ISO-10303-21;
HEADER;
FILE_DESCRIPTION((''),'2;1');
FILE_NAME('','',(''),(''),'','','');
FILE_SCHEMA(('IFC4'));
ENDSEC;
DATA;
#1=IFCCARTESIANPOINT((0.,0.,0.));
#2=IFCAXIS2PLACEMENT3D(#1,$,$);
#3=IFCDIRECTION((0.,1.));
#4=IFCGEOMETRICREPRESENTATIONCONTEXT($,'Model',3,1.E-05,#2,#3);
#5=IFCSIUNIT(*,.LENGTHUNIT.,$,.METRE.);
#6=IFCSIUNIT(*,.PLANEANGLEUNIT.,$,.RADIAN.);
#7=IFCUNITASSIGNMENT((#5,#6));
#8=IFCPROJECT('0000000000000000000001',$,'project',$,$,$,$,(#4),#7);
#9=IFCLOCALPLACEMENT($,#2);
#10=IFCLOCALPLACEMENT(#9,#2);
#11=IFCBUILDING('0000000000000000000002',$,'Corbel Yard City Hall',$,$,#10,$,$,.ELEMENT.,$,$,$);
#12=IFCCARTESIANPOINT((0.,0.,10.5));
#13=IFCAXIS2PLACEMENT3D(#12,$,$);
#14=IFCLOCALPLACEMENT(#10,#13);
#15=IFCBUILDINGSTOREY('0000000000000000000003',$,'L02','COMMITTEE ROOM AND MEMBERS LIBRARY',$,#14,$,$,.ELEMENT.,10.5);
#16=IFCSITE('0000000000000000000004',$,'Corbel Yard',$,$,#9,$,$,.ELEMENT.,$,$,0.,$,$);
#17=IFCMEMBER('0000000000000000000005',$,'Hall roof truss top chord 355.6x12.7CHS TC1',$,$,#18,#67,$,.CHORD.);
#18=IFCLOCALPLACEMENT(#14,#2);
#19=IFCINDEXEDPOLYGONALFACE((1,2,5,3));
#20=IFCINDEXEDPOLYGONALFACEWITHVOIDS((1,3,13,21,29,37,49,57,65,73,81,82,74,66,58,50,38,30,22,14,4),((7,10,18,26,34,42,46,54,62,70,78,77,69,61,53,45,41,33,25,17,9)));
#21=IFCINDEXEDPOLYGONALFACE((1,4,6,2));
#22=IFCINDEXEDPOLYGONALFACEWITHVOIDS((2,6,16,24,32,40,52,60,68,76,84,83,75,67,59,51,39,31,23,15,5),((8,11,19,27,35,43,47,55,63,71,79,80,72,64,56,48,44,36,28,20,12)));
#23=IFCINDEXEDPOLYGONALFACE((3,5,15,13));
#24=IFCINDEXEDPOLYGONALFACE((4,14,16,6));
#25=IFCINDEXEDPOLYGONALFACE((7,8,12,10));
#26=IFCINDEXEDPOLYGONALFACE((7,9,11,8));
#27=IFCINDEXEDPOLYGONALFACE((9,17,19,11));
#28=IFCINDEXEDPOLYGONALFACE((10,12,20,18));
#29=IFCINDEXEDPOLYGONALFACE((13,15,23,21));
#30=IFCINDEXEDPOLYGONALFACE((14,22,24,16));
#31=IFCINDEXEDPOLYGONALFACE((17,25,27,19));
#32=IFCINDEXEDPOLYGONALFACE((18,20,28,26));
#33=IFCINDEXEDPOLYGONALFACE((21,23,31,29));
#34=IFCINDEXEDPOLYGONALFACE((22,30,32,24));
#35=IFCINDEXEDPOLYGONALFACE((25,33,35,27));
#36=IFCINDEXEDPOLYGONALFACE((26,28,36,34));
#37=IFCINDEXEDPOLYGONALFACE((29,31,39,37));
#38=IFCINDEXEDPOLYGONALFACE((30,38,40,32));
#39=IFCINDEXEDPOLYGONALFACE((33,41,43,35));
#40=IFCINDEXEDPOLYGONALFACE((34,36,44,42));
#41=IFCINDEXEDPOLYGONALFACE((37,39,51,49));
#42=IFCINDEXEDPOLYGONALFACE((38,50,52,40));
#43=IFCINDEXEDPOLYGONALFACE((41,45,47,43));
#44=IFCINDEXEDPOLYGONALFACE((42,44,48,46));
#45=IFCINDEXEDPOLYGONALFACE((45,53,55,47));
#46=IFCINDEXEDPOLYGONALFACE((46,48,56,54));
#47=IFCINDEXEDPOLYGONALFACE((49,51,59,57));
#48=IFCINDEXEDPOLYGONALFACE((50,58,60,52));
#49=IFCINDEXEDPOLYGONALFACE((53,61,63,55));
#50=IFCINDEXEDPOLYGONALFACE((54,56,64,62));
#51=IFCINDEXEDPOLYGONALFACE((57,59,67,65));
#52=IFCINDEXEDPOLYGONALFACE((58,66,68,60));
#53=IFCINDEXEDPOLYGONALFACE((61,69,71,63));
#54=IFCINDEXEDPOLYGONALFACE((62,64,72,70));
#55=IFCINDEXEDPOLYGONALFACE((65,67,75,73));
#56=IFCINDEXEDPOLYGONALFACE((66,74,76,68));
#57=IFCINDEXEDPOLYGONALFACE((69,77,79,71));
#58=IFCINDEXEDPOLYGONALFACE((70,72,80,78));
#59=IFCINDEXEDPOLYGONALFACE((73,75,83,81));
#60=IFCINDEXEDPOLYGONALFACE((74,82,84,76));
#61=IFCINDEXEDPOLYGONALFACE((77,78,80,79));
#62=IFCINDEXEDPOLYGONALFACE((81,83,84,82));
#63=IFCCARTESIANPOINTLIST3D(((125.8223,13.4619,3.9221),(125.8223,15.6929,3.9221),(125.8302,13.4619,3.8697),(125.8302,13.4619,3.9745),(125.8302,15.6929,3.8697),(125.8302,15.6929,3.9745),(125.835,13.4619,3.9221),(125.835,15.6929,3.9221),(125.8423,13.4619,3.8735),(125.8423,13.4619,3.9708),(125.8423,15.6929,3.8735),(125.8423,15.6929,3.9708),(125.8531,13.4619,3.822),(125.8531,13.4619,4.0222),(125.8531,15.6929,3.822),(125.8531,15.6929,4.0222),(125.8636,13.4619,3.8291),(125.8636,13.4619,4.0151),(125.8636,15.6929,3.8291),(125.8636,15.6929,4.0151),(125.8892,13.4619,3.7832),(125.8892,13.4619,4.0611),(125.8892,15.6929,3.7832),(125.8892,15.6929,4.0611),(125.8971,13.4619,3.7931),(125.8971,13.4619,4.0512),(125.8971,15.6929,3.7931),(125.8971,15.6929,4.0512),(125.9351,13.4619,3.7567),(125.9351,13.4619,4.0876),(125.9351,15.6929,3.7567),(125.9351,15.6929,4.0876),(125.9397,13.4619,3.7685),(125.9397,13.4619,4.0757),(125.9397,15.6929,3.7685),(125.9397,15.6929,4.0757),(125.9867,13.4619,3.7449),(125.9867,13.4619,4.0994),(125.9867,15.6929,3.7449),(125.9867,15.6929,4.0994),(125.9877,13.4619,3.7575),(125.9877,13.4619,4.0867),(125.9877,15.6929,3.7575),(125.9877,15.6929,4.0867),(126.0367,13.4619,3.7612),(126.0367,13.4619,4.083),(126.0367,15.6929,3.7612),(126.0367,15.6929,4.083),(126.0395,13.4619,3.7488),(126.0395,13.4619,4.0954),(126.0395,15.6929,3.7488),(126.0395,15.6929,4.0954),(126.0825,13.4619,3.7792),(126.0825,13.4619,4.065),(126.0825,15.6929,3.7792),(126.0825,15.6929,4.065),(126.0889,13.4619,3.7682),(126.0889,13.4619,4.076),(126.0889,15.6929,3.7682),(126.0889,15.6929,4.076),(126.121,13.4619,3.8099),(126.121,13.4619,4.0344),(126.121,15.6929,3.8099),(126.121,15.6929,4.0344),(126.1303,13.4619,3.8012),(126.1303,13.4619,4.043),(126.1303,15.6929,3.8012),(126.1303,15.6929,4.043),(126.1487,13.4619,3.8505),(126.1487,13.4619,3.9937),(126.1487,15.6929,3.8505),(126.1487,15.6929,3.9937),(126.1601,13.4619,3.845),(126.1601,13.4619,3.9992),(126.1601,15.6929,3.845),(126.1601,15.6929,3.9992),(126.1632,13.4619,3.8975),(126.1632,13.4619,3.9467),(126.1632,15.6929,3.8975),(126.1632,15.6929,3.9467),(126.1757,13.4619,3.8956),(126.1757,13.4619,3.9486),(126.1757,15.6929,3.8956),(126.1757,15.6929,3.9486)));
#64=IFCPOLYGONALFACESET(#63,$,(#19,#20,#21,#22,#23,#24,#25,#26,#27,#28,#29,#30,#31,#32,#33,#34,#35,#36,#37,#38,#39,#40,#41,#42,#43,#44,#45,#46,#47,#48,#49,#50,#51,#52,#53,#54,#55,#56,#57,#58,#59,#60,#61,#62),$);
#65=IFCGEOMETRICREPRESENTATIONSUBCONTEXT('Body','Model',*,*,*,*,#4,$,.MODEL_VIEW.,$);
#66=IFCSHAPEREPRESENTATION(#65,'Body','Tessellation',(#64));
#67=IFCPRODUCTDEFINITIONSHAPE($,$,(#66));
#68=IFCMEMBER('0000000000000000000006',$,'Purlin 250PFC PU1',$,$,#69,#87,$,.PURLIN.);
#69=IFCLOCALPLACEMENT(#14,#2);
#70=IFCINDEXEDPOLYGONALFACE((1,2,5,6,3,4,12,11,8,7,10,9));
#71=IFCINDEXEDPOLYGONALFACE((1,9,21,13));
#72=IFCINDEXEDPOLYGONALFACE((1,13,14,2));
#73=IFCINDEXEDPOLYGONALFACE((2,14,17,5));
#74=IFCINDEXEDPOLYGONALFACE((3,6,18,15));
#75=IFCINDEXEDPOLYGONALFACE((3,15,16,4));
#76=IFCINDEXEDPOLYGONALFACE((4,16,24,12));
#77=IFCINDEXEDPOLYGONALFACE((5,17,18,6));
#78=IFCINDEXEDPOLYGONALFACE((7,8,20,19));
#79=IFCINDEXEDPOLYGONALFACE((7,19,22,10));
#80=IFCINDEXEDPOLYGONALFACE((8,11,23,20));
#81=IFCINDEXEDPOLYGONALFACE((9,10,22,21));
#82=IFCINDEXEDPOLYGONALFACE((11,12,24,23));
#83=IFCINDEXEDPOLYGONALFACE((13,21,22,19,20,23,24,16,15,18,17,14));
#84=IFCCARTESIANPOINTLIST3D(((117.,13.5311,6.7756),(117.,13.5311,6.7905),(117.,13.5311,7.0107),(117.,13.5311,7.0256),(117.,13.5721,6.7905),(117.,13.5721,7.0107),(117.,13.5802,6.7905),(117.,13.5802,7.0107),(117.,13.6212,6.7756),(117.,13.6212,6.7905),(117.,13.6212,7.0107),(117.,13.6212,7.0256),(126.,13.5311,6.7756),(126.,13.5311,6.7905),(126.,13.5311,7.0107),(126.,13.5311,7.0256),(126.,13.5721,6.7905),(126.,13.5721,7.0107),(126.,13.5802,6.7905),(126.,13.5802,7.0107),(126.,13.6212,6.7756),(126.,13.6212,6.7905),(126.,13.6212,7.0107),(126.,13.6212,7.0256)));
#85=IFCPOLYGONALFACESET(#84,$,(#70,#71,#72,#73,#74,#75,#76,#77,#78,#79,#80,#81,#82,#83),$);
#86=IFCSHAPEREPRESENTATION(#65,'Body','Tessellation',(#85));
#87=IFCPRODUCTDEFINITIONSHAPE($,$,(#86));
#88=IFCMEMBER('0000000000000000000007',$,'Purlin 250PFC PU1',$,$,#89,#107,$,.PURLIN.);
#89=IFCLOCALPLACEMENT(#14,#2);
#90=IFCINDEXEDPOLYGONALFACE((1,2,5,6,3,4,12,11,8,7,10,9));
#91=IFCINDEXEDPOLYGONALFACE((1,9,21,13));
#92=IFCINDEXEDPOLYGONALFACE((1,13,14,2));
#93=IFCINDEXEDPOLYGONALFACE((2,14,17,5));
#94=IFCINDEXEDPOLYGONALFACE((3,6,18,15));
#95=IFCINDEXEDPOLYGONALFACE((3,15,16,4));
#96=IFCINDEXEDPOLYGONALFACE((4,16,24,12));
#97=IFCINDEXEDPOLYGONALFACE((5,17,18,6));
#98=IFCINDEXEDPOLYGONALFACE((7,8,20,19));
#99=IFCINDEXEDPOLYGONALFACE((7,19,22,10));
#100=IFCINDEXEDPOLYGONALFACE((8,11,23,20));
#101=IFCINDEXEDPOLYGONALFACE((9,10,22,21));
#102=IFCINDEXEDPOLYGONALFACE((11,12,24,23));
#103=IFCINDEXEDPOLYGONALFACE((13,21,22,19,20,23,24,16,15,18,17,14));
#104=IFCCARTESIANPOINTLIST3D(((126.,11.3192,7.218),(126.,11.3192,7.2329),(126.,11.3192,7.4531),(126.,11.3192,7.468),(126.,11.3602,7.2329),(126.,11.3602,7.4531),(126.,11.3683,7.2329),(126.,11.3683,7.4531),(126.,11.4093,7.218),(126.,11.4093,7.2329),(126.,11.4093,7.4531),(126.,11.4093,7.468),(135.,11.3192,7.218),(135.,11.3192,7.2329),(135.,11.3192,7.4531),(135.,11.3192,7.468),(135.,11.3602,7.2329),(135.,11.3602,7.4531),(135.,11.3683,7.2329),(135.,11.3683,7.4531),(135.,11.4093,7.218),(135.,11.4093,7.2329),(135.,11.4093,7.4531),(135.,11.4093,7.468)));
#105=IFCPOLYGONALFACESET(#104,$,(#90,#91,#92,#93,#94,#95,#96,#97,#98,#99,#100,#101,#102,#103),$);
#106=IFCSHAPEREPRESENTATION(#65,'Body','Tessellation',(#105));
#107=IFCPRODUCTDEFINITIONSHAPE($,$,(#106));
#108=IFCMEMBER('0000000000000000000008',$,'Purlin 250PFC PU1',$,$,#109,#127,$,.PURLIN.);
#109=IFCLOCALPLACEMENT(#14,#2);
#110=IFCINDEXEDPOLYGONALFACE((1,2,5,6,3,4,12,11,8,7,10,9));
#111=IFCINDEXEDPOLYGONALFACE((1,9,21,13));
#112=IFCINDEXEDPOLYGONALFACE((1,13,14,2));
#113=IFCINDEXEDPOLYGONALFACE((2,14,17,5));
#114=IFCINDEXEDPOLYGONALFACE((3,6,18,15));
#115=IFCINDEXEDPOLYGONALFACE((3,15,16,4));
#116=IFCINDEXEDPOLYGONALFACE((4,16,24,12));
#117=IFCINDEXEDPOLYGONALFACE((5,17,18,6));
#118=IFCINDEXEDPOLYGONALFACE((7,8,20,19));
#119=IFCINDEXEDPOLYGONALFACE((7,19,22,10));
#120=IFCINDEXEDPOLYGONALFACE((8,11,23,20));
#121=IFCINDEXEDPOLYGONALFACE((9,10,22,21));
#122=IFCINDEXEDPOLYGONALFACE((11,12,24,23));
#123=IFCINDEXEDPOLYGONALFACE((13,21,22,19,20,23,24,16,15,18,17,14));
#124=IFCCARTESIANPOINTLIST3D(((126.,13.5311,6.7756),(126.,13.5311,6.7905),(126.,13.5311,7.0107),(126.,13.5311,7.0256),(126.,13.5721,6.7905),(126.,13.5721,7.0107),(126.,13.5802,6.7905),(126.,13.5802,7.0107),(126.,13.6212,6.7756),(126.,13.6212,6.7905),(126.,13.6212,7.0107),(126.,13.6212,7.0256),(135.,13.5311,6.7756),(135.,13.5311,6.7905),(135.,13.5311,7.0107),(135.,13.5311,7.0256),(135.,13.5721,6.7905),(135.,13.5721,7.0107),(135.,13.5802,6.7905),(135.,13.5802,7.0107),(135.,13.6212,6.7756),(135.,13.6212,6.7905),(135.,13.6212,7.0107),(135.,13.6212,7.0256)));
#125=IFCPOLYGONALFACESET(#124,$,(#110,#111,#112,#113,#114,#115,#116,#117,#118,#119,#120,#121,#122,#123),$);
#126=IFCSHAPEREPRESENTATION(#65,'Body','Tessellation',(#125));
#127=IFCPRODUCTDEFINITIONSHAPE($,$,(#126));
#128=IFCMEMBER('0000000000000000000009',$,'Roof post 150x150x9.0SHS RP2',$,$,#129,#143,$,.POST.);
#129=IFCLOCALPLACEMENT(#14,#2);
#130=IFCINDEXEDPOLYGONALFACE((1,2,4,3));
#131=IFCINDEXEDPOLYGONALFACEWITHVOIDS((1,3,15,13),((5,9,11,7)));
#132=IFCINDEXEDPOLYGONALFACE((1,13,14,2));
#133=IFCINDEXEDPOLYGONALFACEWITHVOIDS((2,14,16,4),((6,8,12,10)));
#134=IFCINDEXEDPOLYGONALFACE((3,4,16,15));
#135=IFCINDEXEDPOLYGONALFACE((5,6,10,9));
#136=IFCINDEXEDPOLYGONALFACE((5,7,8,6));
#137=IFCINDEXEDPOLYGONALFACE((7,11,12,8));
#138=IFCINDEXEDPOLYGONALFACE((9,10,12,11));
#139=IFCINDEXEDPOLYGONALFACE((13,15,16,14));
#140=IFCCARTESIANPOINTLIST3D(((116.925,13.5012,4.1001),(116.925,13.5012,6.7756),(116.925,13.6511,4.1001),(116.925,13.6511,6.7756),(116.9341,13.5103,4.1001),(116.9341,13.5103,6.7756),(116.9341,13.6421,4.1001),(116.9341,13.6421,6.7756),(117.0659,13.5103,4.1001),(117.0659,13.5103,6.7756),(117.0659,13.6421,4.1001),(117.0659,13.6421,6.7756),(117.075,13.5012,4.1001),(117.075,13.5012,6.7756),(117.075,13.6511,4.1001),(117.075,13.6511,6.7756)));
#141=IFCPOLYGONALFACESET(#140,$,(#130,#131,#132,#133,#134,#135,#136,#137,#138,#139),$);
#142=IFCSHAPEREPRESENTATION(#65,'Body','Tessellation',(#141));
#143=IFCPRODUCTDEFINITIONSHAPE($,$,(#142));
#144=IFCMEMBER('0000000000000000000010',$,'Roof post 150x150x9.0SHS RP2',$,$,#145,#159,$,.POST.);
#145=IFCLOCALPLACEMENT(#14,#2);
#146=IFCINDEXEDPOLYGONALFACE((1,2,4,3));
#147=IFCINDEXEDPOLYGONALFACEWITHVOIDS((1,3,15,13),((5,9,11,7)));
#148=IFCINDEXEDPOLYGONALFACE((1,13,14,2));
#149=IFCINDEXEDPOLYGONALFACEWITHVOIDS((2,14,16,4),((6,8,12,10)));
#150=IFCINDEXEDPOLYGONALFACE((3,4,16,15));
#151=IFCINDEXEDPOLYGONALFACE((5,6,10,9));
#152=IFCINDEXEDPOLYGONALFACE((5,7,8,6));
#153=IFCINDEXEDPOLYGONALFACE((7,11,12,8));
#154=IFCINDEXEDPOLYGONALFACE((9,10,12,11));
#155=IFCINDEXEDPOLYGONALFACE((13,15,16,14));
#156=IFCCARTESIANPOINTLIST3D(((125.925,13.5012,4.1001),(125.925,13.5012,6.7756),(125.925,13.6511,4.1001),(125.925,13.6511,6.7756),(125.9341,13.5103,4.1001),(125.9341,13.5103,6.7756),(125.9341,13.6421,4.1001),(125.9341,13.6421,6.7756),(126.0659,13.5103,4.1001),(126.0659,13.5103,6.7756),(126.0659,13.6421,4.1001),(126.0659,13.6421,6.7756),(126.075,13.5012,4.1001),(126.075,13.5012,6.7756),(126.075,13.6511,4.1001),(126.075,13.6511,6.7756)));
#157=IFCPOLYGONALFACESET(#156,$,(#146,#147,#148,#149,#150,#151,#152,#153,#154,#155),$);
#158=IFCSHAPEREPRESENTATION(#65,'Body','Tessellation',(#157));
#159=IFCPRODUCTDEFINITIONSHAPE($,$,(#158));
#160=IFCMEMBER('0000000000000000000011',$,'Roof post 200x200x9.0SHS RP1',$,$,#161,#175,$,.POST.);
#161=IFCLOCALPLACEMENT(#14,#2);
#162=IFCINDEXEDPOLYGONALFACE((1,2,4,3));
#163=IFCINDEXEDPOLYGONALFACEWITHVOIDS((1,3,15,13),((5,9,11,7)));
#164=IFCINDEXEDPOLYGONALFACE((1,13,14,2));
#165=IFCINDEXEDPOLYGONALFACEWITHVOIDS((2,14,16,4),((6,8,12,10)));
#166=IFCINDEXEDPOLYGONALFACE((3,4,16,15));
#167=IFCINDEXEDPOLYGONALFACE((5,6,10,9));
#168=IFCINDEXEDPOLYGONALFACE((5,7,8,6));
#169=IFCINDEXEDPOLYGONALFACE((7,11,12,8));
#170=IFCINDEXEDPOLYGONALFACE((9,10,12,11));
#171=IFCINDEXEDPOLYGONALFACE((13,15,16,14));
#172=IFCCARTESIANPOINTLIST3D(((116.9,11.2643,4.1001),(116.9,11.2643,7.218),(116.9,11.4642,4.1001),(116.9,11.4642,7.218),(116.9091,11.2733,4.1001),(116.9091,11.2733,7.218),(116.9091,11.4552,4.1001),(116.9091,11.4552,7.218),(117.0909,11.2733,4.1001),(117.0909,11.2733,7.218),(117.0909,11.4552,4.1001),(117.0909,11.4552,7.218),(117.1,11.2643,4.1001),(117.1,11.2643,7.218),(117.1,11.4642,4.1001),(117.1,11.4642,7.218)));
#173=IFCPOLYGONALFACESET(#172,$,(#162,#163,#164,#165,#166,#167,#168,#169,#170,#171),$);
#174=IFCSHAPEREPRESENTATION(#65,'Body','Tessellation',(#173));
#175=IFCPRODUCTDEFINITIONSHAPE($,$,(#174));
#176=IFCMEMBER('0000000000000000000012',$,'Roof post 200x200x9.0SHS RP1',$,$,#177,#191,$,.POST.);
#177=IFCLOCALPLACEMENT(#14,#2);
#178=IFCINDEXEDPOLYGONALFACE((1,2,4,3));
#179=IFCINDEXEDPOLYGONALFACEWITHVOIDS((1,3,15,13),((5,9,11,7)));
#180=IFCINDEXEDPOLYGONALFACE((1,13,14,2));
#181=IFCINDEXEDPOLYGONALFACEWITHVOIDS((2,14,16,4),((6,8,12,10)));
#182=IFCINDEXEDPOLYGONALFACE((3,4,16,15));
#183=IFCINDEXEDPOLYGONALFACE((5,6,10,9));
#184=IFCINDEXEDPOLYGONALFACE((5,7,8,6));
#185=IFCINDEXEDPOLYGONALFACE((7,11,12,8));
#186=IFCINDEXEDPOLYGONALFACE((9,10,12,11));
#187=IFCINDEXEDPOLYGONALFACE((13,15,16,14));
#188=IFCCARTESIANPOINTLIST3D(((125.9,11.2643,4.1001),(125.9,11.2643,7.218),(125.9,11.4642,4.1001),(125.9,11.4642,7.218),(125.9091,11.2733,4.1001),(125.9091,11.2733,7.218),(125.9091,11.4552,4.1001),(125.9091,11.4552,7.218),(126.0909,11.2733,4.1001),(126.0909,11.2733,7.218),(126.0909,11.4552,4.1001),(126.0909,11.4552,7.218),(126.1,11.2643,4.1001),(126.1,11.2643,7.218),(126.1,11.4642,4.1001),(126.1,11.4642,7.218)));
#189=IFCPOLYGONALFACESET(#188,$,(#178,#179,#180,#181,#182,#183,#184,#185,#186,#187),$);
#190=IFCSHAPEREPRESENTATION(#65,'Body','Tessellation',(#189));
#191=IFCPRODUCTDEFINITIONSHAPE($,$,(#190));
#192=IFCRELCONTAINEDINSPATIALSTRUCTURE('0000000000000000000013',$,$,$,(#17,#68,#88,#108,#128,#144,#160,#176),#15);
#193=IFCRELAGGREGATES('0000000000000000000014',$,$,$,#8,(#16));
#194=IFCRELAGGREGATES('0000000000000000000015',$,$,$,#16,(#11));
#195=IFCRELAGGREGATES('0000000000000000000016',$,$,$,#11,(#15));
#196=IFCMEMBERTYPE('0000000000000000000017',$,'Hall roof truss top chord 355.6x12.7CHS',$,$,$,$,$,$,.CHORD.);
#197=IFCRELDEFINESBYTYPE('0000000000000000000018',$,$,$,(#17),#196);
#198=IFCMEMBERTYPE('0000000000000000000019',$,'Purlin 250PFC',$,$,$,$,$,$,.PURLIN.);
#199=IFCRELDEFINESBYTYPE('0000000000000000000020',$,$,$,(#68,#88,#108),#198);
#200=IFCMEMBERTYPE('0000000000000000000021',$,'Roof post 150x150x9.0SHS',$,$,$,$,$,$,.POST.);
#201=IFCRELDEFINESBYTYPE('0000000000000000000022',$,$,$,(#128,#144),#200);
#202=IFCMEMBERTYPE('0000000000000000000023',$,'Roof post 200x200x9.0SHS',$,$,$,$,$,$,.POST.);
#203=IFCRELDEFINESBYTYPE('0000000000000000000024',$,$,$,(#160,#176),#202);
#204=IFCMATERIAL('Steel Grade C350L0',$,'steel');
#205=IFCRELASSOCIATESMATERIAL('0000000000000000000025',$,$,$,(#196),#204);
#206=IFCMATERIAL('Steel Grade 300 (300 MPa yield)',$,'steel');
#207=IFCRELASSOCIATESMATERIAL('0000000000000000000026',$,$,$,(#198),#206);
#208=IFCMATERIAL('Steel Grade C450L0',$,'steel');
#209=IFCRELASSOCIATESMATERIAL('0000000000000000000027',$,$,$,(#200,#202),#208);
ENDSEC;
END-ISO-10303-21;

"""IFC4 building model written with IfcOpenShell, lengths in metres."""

from ifc_helpers import new_model, si_unit, direction, frame, origin, origin_2d, place, context, subcontext, project, spatial, hollow_rectangle, hollow_circle, i_section, extrude, material, material_profile, profile_set, type_object, element, save


model = new_model("IFC4")

# Units and contexts
model_context = context("Model", 3, precision=1e-05, world=origin(), true_north=direction((0.0, 1.0)))
body_context = subcontext(model_context, "Body", "Model", "MODEL_VIEW")
ifc_project = project(units=[si_unit("LENGTHUNIT", "METRE"), si_unit("PLANEANGLEUNIT", "RADIAN")], contexts=[model_context])

# Site, building, storey
site_placement = place(None, origin())
site = spatial("IfcSite", under=ifc_project, at=site_placement, Name="Corbel Yard", CompositionType="ELEMENT", RefElevation=0.0)
building_placement = place(site_placement, origin())
building = spatial("IfcBuilding", under=site, at=building_placement, Name="Corbel Yard City Hall", CompositionType="ELEMENT")
storey_placement = place(building_placement, frame((0.0, 0.0, 10.5)))
storey = spatial("IfcBuildingStorey", under=building, at=storey_placement, Name="L02", Description="COMMITTEE ROOM AND MEMBERS LIBRARY", CompositionType="ELEMENT", Elevation=10.5)

# Members
ifc_material_1 = material(Name="Steel Grade C350L0", Category="steel")
ifc_material_profile_1 = material_profile(ifc_material_1, hollow_circle(Radius=0.1777, WallThickness=0.0127, at=origin_2d()), Name="355.6x12.7CHS")
ifc_profile_set_1 = profile_set([ifc_material_profile_1], Name="Steel Grade C350L0")
member_type_1 = type_object("IfcMemberType", Name="Hall roof truss top chord 355.6x12.7CHS", PredefinedType="CHORD", material=ifc_profile_set_1)
for number, where, z_axis, x_axis, name in (
    (1, (126.0, 13.4619, 3.9221), (0.0, 1.0, 0.0), (-1.0, 0.0, 0.0), "Hall roof truss top chord 355.6x12.7CHS TC1"),
):
    element("IfcMember", number, at=place(storey_placement, frame(where, z_axis=z_axis, x_axis=x_axis)), inside=storey, type_object=member_type_1, Name=name, PredefinedType="CHORD", context=body_context, shape_type="SweptSolid", body=[
        extrude(hollow_circle(Radius=0.1777, WallThickness=0.0127, at=origin_2d()), origin(), (0.0, 0.0, 1.0), 2.231),
    ])
ifc_material_2 = material(Name="Steel Grade 300 (300 MPa yield)", Category="steel")
ifc_material_profile_2 = material_profile(ifc_material_2, i_section(OverallWidth=0.0901, OverallDepth=0.25, WebThickness=0.0081, FlangeThickness=0.0149, at=origin_2d()), Name="250PFC")
ifc_profile_set_2 = profile_set([ifc_material_profile_2], Name="Steel Grade 300 (300 MPa yield)")
member_type_2 = type_object("IfcMemberType", Name="Purlin 250PFC", PredefinedType="PURLIN", material=ifc_profile_set_2)
for number, where, z_axis, x_axis, name in (
    (2, (117.0, 13.5762, 6.9006), (1.0, 0.0, 0.0), (0.0, 1.0, 0.0), "Purlin 250PFC PU1"),
    (3, (126.0, 11.3643, 7.343), (1.0, 0.0, 0.0), (0.0, 1.0, 0.0), "Purlin 250PFC PU1"),
    (4, (126.0, 13.5762, 6.9006), (1.0, 0.0, 0.0), (0.0, 1.0, 0.0), "Purlin 250PFC PU1"),
):
    element("IfcMember", number, at=place(storey_placement, frame(where, z_axis=z_axis, x_axis=x_axis)), inside=storey, type_object=member_type_2, Name=name, PredefinedType="PURLIN", context=body_context, shape_type="SweptSolid", body=[
        extrude(i_section(OverallWidth=0.0901, OverallDepth=0.25, WebThickness=0.0081, FlangeThickness=0.0149, at=origin_2d()), origin(), (0.0, 0.0, 1.0), 9.0),
    ])
ifc_material_3 = material(Name="Steel Grade C450L0", Category="steel")
ifc_material_profile_3 = material_profile(ifc_material_3, hollow_rectangle(XDim=0.1499, YDim=0.1499, WallThickness=0.009, at=origin_2d()), Name="150x150x9.0SHS")
ifc_profile_set_3 = profile_set([ifc_material_profile_3], Name="Steel Grade C450L0")
member_type_3 = type_object("IfcMemberType", Name="Roof post 150x150x9.0SHS", PredefinedType="POST", material=ifc_profile_set_3)
for number, where, z_axis, x_axis, name in (
    (5, (117.0, 13.5762, 4.1001), (0.0, 0.0, 1.0), (1.0, 0.0, 0.0), "Roof post 150x150x9.0SHS RP2"),
    (6, (126.0, 13.5762, 4.1001), (0.0, 0.0, 1.0), (1.0, 0.0, 0.0), "Roof post 150x150x9.0SHS RP2"),
):
    element("IfcMember", number, at=place(storey_placement, frame(where, z_axis=z_axis, x_axis=x_axis)), inside=storey, type_object=member_type_3, Name=name, PredefinedType="POST", context=body_context, shape_type="SweptSolid", body=[
        extrude(hollow_rectangle(XDim=0.1499, YDim=0.1499, WallThickness=0.009, at=origin_2d()), origin(), (0.0, 0.0, 1.0), 2.6755),
    ])
ifc_material_profile_4 = material_profile(ifc_material_3, hollow_rectangle(XDim=0.2, YDim=0.2, WallThickness=0.009, at=origin_2d()), Name="200x200x9.0SHS")
ifc_profile_set_4 = profile_set([ifc_material_profile_4], Name="Steel Grade C450L0")
member_type_4 = type_object("IfcMemberType", Name="Roof post 200x200x9.0SHS", PredefinedType="POST", material=ifc_profile_set_4)
for number, where, z_axis, x_axis, name in (
    (7, (117.0, 11.3643, 4.1001), (0.0, 0.0, 1.0), (1.0, 0.0, 0.0), "Roof post 200x200x9.0SHS RP1"),
    (8, (126.0, 11.3643, 4.1001), (0.0, 0.0, 1.0), (1.0, 0.0, 0.0), "Roof post 200x200x9.0SHS RP1"),
):
    element("IfcMember", number, at=place(storey_placement, frame(where, z_axis=z_axis, x_axis=x_axis)), inside=storey, type_object=member_type_4, Name=name, PredefinedType="POST", context=body_context, shape_type="SweptSolid", body=[
        extrude(hollow_rectangle(XDim=0.2, YDim=0.2, WallThickness=0.009, at=origin_2d()), origin(), (0.0, 0.0, 1.0), 3.1179),
    ])

save(model, "model.ifc")
